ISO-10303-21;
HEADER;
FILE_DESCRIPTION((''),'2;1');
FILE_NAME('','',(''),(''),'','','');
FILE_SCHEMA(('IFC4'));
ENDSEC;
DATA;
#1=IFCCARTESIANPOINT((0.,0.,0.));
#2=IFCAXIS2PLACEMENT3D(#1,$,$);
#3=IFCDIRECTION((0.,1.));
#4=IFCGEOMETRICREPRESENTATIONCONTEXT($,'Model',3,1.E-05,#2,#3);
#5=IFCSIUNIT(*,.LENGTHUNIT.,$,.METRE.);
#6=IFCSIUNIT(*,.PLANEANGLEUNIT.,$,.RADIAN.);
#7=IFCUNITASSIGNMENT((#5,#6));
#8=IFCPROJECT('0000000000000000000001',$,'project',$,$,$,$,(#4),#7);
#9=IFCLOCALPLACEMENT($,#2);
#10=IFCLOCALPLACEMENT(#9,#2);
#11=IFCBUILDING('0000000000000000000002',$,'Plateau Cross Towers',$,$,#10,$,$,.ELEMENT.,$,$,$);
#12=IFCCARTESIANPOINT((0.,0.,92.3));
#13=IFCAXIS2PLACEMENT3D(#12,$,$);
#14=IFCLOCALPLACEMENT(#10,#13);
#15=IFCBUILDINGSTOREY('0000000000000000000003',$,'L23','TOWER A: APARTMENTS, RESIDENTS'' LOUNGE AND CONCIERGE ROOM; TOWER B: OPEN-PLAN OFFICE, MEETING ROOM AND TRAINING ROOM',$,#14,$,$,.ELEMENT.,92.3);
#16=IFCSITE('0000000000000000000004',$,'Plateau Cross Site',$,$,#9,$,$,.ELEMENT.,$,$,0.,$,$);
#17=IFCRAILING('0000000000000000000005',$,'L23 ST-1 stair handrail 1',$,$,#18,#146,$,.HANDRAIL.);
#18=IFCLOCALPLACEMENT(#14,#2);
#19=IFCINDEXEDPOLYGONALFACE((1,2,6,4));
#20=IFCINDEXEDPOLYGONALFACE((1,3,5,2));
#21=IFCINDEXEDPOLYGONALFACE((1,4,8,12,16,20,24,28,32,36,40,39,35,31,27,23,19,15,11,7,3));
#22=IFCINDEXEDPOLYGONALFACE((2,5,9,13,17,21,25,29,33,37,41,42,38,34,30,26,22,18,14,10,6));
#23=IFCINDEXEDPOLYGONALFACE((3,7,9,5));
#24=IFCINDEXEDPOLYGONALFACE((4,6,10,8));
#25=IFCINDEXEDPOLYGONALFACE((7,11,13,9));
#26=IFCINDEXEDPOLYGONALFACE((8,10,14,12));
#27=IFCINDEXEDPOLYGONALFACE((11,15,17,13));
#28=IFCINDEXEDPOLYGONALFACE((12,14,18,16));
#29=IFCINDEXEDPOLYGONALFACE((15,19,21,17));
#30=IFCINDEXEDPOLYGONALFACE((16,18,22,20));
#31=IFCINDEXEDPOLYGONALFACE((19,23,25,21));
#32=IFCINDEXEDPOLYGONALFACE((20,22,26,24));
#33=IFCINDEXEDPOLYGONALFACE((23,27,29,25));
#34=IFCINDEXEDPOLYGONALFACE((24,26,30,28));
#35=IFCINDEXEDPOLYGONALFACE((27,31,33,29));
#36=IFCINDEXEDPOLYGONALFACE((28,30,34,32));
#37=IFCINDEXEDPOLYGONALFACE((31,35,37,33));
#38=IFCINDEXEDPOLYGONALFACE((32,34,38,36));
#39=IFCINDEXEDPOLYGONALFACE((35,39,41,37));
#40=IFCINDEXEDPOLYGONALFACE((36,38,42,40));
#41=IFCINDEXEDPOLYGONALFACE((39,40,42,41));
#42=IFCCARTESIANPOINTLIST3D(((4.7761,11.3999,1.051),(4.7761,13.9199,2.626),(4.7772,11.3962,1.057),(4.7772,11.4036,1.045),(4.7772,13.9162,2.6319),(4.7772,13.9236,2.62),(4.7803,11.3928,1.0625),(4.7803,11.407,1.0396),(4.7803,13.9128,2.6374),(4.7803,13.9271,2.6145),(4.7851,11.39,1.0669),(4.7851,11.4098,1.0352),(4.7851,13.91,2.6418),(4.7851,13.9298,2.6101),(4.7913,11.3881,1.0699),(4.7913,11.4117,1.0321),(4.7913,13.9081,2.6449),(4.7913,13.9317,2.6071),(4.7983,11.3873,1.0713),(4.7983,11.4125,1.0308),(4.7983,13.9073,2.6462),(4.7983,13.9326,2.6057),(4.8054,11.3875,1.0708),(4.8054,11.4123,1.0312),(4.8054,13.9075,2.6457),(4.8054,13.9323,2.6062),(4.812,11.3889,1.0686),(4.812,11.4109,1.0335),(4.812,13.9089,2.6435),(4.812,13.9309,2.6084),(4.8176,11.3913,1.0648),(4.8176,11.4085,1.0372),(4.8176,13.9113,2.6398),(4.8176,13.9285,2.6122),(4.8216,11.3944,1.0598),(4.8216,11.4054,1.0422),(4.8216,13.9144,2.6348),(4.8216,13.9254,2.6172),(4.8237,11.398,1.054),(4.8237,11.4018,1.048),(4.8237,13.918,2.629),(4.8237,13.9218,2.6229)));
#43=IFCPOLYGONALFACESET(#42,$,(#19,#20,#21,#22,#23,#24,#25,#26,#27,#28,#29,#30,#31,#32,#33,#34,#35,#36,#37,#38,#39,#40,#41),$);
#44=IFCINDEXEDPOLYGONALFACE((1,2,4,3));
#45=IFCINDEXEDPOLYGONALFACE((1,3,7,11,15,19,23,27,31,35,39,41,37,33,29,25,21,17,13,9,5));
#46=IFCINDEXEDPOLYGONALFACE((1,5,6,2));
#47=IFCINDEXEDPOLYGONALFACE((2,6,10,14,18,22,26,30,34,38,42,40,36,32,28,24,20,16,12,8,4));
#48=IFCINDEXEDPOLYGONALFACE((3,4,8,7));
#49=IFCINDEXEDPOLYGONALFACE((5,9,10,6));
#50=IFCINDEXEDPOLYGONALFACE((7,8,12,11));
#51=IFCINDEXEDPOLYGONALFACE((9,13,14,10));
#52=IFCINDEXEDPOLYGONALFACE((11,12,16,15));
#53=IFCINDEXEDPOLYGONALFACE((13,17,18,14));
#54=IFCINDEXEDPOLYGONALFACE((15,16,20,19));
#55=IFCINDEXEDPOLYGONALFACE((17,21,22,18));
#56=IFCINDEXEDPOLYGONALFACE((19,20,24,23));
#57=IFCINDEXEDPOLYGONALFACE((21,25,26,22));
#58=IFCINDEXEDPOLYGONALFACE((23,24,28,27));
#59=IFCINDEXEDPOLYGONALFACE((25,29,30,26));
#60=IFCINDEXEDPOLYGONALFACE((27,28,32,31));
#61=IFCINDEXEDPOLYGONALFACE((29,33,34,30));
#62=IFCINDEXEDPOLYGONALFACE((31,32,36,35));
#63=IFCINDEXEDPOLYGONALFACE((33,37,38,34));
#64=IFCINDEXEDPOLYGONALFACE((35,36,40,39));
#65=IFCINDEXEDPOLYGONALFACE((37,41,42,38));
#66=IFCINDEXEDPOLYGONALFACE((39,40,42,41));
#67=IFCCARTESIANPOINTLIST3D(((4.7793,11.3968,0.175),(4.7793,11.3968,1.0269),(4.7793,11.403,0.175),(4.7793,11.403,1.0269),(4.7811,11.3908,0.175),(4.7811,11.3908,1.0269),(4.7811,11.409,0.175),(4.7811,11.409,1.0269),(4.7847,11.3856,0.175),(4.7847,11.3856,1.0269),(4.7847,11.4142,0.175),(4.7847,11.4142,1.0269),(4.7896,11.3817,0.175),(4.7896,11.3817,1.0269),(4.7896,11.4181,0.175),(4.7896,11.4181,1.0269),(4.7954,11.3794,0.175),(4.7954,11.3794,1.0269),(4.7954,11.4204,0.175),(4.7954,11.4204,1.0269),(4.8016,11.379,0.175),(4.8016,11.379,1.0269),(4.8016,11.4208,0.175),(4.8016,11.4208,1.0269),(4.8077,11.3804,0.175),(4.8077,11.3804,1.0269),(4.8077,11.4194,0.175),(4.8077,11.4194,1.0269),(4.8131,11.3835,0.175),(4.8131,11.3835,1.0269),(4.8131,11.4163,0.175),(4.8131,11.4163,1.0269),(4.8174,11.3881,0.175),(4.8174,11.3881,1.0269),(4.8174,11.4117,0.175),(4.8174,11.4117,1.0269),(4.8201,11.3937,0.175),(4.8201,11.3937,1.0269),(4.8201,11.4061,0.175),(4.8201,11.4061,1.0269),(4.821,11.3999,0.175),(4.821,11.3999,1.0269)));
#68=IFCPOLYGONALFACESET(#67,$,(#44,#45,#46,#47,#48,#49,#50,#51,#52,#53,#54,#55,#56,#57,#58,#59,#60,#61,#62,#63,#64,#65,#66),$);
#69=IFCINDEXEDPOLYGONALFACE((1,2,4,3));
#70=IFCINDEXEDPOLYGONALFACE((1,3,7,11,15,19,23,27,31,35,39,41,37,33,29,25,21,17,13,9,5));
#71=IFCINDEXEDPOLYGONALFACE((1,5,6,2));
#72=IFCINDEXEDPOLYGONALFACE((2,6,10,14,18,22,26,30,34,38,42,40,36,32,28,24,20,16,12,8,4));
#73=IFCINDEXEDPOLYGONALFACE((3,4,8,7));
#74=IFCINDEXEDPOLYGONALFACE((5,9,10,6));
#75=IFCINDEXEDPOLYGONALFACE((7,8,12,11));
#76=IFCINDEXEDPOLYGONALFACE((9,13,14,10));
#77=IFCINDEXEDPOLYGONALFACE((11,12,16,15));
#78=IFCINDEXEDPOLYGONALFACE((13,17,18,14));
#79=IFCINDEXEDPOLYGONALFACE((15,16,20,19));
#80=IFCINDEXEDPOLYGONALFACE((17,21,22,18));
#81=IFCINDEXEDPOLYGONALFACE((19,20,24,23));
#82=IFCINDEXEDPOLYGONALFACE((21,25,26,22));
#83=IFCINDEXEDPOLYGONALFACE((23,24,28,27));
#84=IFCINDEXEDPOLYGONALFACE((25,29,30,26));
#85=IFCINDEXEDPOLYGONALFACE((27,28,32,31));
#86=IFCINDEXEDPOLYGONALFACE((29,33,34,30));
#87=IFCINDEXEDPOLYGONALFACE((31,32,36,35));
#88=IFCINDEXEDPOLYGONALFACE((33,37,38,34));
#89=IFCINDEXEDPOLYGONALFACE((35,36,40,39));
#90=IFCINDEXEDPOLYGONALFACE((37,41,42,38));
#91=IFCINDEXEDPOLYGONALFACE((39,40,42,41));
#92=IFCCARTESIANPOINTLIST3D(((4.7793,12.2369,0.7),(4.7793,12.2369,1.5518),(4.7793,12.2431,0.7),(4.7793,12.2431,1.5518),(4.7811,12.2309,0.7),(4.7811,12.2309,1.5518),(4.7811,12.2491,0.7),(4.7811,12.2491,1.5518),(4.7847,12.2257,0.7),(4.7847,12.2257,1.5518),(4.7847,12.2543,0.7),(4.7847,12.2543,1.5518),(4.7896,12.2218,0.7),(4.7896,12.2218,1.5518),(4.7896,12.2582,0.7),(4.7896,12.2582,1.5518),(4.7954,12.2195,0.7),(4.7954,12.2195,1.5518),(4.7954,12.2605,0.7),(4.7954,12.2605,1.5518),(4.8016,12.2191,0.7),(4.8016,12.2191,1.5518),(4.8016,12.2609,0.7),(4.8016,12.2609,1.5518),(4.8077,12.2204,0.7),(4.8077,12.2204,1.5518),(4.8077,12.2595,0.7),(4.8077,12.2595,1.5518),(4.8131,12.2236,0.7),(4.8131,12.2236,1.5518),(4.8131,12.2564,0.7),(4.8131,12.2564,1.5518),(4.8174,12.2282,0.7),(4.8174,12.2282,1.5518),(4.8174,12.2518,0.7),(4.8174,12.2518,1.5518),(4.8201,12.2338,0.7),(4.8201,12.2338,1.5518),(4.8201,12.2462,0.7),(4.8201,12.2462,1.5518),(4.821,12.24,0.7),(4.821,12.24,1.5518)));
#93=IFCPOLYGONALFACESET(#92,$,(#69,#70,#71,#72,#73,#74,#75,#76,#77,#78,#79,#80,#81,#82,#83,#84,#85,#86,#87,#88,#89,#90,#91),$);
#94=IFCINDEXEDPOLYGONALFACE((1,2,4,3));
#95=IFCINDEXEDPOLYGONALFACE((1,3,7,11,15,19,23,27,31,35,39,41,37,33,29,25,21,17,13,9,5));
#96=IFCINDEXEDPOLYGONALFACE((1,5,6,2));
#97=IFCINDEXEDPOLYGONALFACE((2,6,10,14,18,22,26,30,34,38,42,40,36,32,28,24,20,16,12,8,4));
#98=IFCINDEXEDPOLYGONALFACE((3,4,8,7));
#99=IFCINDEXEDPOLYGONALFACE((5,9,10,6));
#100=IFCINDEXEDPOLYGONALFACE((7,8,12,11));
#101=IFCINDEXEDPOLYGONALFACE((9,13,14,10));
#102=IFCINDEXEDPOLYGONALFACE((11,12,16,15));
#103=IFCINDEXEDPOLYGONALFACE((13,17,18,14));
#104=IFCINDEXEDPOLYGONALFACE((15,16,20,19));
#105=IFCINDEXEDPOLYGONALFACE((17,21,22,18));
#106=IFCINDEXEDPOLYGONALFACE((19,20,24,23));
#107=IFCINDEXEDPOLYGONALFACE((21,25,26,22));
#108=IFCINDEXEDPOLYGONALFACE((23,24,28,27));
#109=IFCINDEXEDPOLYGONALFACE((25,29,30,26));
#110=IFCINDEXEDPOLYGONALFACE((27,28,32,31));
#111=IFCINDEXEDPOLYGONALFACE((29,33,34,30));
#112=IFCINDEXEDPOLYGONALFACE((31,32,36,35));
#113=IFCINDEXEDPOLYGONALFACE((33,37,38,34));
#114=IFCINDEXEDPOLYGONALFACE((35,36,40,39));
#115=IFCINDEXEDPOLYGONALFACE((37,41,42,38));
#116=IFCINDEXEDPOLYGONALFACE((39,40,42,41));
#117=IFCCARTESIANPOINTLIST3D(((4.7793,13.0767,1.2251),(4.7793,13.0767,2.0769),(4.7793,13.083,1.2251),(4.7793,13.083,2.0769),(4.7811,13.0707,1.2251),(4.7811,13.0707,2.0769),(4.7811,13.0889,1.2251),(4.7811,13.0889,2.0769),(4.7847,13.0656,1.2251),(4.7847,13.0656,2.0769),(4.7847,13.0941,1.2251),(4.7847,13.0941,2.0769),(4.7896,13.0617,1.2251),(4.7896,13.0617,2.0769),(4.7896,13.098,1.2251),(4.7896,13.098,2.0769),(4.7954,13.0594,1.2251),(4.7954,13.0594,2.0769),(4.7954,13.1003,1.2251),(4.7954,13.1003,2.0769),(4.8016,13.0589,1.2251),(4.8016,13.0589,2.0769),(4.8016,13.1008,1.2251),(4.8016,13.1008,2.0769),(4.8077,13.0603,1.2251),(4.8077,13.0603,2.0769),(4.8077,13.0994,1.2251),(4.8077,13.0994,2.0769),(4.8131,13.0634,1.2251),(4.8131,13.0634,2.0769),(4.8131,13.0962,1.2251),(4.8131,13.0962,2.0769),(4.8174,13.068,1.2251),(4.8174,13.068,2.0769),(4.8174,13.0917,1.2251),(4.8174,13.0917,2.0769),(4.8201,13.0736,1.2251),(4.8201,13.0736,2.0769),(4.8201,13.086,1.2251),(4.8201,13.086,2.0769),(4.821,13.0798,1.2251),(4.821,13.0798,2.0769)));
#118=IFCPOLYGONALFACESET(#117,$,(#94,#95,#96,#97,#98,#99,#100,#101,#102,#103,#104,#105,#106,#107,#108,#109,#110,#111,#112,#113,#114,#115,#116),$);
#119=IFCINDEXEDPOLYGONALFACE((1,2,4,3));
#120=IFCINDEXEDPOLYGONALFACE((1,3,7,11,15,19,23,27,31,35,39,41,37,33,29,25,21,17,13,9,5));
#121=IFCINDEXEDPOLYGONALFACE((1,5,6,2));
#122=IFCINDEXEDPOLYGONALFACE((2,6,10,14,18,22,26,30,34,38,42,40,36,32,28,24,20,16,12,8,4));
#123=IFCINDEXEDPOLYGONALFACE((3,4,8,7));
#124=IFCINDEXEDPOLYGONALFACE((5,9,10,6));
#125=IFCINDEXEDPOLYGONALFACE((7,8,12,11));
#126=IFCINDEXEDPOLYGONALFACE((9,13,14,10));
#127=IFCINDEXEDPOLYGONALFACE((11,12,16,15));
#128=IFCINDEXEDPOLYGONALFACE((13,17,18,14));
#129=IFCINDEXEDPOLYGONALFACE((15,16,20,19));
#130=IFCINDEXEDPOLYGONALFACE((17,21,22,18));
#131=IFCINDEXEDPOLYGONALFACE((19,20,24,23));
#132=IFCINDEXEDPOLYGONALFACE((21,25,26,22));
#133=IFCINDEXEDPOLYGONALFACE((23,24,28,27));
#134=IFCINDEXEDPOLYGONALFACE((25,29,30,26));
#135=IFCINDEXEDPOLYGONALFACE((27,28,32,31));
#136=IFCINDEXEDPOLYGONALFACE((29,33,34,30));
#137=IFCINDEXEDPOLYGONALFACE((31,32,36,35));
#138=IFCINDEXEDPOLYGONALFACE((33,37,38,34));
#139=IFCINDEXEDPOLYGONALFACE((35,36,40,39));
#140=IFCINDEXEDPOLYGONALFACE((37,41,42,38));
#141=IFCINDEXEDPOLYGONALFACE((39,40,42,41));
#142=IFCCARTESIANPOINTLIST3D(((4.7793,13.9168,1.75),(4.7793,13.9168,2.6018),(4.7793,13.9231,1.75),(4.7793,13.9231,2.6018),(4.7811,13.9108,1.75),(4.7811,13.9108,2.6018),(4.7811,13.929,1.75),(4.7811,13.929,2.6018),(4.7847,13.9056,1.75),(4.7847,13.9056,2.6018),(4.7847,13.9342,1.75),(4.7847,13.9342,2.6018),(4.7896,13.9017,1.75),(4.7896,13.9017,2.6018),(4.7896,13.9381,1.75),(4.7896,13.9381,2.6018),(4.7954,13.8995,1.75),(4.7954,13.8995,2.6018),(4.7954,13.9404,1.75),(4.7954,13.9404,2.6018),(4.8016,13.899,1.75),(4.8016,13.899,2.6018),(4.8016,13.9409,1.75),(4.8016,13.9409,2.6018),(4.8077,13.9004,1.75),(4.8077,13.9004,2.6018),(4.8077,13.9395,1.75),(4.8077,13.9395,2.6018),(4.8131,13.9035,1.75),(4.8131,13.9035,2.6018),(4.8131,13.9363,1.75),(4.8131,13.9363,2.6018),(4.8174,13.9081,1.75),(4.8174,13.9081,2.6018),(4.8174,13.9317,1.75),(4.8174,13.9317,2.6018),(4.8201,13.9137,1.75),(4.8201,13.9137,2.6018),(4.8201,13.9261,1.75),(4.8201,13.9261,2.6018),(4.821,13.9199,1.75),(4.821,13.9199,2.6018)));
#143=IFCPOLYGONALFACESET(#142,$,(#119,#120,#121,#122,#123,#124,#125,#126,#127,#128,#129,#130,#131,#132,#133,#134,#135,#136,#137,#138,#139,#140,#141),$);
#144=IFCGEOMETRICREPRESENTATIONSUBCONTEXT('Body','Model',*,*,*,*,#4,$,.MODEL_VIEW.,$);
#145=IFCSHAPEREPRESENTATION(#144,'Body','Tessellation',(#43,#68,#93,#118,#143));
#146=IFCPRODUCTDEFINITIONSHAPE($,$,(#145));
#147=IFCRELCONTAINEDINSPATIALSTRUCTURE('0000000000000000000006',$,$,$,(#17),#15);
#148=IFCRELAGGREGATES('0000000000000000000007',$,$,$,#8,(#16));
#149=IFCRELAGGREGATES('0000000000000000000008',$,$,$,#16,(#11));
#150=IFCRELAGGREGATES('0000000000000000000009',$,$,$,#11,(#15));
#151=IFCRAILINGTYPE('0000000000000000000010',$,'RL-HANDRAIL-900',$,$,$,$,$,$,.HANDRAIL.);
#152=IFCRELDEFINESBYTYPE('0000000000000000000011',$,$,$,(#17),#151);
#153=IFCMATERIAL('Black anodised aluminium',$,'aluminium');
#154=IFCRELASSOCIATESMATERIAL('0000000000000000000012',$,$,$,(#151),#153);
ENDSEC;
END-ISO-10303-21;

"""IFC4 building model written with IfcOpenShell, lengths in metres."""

from ifc_helpers import new_model, si_unit, direction, frame, origin, origin_2d, place, context, subcontext, project, spatial, circle, extrude, material, type_object, element, save


model = new_model("IFC4")

# Units and contexts
model_context = context("Model", 3, precision=1e-05, world=origin(), true_north=direction((0.0, 1.0)))
body_context = subcontext(model_context, "Body", "Model", "MODEL_VIEW")
ifc_project = project(units=[si_unit("LENGTHUNIT", "METRE"), si_unit("PLANEANGLEUNIT", "RADIAN")], contexts=[model_context])

# Site, building, storey
site_placement = place(None, origin())
site = spatial("IfcSite", under=ifc_project, at=site_placement, Name="Plateau Cross Site", CompositionType="ELEMENT", RefElevation=0.0)
building_placement = place(site_placement, origin())
building = spatial("IfcBuilding", under=site, at=building_placement, Name="Plateau Cross Towers", CompositionType="ELEMENT")
storey_placement = place(building_placement, frame((0.0, 0.0, 92.3)))
storey = spatial("IfcBuildingStorey", under=building, at=storey_placement, Name="L23", Description="TOWER A: APARTMENTS, RESIDENTS' LOUNGE AND CONCIERGE ROOM; TOWER B: OPEN-PLAN OFFICE, MEETING ROOM AND TRAINING ROOM", CompositionType="ELEMENT", Elevation=92.3)

# Shared definitions
ifc_material_1 = material(Name="Black anodised aluminium", Category="aluminium")

# Railing
railing_type_1 = type_object("IfcRailingType", Name="RL-HANDRAIL-900", PredefinedType="HANDRAIL", material=ifc_material_1)
railing_1_placement = place(storey_placement, frame((4.8, 11.3999, 0.175)))
element("IfcRailing", 1, at=railing_1_placement, inside=storey, type_object=railing_type_1, Name="L23 ST-1 stair handrail 1", PredefinedType="HANDRAIL", context=body_context, shape_type="SweptSolid", body=[
    extrude(circle(Radius=0.0239, at=origin_2d()), frame((0.0, 0.0, 0.876), z_axis=(0.0, 0.848008, 0.529984), x_axis=(-1.0, 0.0, 0.0)), (0.0, 0.0, 1.0), 2.9717),
    extrude(circle(Radius=0.021, at=origin_2d()), origin(), (0.0, 0.0, 1.0), 0.8518),
    extrude(circle(Radius=0.021, at=origin_2d()), frame((0.0, 0.8401, 0.5249)), (0.0, 0.0, 1.0), 0.8518),
    extrude(circle(Radius=0.021, at=origin_2d()), frame((0.0, 1.6799, 1.05)), (0.0, 0.0, 1.0), 0.8518),
    extrude(circle(Radius=0.021, at=origin_2d()), frame((0.0, 2.52, 1.575)), (0.0, 0.0, 1.0), 0.8518),
])

save(model, "model.ifc")
